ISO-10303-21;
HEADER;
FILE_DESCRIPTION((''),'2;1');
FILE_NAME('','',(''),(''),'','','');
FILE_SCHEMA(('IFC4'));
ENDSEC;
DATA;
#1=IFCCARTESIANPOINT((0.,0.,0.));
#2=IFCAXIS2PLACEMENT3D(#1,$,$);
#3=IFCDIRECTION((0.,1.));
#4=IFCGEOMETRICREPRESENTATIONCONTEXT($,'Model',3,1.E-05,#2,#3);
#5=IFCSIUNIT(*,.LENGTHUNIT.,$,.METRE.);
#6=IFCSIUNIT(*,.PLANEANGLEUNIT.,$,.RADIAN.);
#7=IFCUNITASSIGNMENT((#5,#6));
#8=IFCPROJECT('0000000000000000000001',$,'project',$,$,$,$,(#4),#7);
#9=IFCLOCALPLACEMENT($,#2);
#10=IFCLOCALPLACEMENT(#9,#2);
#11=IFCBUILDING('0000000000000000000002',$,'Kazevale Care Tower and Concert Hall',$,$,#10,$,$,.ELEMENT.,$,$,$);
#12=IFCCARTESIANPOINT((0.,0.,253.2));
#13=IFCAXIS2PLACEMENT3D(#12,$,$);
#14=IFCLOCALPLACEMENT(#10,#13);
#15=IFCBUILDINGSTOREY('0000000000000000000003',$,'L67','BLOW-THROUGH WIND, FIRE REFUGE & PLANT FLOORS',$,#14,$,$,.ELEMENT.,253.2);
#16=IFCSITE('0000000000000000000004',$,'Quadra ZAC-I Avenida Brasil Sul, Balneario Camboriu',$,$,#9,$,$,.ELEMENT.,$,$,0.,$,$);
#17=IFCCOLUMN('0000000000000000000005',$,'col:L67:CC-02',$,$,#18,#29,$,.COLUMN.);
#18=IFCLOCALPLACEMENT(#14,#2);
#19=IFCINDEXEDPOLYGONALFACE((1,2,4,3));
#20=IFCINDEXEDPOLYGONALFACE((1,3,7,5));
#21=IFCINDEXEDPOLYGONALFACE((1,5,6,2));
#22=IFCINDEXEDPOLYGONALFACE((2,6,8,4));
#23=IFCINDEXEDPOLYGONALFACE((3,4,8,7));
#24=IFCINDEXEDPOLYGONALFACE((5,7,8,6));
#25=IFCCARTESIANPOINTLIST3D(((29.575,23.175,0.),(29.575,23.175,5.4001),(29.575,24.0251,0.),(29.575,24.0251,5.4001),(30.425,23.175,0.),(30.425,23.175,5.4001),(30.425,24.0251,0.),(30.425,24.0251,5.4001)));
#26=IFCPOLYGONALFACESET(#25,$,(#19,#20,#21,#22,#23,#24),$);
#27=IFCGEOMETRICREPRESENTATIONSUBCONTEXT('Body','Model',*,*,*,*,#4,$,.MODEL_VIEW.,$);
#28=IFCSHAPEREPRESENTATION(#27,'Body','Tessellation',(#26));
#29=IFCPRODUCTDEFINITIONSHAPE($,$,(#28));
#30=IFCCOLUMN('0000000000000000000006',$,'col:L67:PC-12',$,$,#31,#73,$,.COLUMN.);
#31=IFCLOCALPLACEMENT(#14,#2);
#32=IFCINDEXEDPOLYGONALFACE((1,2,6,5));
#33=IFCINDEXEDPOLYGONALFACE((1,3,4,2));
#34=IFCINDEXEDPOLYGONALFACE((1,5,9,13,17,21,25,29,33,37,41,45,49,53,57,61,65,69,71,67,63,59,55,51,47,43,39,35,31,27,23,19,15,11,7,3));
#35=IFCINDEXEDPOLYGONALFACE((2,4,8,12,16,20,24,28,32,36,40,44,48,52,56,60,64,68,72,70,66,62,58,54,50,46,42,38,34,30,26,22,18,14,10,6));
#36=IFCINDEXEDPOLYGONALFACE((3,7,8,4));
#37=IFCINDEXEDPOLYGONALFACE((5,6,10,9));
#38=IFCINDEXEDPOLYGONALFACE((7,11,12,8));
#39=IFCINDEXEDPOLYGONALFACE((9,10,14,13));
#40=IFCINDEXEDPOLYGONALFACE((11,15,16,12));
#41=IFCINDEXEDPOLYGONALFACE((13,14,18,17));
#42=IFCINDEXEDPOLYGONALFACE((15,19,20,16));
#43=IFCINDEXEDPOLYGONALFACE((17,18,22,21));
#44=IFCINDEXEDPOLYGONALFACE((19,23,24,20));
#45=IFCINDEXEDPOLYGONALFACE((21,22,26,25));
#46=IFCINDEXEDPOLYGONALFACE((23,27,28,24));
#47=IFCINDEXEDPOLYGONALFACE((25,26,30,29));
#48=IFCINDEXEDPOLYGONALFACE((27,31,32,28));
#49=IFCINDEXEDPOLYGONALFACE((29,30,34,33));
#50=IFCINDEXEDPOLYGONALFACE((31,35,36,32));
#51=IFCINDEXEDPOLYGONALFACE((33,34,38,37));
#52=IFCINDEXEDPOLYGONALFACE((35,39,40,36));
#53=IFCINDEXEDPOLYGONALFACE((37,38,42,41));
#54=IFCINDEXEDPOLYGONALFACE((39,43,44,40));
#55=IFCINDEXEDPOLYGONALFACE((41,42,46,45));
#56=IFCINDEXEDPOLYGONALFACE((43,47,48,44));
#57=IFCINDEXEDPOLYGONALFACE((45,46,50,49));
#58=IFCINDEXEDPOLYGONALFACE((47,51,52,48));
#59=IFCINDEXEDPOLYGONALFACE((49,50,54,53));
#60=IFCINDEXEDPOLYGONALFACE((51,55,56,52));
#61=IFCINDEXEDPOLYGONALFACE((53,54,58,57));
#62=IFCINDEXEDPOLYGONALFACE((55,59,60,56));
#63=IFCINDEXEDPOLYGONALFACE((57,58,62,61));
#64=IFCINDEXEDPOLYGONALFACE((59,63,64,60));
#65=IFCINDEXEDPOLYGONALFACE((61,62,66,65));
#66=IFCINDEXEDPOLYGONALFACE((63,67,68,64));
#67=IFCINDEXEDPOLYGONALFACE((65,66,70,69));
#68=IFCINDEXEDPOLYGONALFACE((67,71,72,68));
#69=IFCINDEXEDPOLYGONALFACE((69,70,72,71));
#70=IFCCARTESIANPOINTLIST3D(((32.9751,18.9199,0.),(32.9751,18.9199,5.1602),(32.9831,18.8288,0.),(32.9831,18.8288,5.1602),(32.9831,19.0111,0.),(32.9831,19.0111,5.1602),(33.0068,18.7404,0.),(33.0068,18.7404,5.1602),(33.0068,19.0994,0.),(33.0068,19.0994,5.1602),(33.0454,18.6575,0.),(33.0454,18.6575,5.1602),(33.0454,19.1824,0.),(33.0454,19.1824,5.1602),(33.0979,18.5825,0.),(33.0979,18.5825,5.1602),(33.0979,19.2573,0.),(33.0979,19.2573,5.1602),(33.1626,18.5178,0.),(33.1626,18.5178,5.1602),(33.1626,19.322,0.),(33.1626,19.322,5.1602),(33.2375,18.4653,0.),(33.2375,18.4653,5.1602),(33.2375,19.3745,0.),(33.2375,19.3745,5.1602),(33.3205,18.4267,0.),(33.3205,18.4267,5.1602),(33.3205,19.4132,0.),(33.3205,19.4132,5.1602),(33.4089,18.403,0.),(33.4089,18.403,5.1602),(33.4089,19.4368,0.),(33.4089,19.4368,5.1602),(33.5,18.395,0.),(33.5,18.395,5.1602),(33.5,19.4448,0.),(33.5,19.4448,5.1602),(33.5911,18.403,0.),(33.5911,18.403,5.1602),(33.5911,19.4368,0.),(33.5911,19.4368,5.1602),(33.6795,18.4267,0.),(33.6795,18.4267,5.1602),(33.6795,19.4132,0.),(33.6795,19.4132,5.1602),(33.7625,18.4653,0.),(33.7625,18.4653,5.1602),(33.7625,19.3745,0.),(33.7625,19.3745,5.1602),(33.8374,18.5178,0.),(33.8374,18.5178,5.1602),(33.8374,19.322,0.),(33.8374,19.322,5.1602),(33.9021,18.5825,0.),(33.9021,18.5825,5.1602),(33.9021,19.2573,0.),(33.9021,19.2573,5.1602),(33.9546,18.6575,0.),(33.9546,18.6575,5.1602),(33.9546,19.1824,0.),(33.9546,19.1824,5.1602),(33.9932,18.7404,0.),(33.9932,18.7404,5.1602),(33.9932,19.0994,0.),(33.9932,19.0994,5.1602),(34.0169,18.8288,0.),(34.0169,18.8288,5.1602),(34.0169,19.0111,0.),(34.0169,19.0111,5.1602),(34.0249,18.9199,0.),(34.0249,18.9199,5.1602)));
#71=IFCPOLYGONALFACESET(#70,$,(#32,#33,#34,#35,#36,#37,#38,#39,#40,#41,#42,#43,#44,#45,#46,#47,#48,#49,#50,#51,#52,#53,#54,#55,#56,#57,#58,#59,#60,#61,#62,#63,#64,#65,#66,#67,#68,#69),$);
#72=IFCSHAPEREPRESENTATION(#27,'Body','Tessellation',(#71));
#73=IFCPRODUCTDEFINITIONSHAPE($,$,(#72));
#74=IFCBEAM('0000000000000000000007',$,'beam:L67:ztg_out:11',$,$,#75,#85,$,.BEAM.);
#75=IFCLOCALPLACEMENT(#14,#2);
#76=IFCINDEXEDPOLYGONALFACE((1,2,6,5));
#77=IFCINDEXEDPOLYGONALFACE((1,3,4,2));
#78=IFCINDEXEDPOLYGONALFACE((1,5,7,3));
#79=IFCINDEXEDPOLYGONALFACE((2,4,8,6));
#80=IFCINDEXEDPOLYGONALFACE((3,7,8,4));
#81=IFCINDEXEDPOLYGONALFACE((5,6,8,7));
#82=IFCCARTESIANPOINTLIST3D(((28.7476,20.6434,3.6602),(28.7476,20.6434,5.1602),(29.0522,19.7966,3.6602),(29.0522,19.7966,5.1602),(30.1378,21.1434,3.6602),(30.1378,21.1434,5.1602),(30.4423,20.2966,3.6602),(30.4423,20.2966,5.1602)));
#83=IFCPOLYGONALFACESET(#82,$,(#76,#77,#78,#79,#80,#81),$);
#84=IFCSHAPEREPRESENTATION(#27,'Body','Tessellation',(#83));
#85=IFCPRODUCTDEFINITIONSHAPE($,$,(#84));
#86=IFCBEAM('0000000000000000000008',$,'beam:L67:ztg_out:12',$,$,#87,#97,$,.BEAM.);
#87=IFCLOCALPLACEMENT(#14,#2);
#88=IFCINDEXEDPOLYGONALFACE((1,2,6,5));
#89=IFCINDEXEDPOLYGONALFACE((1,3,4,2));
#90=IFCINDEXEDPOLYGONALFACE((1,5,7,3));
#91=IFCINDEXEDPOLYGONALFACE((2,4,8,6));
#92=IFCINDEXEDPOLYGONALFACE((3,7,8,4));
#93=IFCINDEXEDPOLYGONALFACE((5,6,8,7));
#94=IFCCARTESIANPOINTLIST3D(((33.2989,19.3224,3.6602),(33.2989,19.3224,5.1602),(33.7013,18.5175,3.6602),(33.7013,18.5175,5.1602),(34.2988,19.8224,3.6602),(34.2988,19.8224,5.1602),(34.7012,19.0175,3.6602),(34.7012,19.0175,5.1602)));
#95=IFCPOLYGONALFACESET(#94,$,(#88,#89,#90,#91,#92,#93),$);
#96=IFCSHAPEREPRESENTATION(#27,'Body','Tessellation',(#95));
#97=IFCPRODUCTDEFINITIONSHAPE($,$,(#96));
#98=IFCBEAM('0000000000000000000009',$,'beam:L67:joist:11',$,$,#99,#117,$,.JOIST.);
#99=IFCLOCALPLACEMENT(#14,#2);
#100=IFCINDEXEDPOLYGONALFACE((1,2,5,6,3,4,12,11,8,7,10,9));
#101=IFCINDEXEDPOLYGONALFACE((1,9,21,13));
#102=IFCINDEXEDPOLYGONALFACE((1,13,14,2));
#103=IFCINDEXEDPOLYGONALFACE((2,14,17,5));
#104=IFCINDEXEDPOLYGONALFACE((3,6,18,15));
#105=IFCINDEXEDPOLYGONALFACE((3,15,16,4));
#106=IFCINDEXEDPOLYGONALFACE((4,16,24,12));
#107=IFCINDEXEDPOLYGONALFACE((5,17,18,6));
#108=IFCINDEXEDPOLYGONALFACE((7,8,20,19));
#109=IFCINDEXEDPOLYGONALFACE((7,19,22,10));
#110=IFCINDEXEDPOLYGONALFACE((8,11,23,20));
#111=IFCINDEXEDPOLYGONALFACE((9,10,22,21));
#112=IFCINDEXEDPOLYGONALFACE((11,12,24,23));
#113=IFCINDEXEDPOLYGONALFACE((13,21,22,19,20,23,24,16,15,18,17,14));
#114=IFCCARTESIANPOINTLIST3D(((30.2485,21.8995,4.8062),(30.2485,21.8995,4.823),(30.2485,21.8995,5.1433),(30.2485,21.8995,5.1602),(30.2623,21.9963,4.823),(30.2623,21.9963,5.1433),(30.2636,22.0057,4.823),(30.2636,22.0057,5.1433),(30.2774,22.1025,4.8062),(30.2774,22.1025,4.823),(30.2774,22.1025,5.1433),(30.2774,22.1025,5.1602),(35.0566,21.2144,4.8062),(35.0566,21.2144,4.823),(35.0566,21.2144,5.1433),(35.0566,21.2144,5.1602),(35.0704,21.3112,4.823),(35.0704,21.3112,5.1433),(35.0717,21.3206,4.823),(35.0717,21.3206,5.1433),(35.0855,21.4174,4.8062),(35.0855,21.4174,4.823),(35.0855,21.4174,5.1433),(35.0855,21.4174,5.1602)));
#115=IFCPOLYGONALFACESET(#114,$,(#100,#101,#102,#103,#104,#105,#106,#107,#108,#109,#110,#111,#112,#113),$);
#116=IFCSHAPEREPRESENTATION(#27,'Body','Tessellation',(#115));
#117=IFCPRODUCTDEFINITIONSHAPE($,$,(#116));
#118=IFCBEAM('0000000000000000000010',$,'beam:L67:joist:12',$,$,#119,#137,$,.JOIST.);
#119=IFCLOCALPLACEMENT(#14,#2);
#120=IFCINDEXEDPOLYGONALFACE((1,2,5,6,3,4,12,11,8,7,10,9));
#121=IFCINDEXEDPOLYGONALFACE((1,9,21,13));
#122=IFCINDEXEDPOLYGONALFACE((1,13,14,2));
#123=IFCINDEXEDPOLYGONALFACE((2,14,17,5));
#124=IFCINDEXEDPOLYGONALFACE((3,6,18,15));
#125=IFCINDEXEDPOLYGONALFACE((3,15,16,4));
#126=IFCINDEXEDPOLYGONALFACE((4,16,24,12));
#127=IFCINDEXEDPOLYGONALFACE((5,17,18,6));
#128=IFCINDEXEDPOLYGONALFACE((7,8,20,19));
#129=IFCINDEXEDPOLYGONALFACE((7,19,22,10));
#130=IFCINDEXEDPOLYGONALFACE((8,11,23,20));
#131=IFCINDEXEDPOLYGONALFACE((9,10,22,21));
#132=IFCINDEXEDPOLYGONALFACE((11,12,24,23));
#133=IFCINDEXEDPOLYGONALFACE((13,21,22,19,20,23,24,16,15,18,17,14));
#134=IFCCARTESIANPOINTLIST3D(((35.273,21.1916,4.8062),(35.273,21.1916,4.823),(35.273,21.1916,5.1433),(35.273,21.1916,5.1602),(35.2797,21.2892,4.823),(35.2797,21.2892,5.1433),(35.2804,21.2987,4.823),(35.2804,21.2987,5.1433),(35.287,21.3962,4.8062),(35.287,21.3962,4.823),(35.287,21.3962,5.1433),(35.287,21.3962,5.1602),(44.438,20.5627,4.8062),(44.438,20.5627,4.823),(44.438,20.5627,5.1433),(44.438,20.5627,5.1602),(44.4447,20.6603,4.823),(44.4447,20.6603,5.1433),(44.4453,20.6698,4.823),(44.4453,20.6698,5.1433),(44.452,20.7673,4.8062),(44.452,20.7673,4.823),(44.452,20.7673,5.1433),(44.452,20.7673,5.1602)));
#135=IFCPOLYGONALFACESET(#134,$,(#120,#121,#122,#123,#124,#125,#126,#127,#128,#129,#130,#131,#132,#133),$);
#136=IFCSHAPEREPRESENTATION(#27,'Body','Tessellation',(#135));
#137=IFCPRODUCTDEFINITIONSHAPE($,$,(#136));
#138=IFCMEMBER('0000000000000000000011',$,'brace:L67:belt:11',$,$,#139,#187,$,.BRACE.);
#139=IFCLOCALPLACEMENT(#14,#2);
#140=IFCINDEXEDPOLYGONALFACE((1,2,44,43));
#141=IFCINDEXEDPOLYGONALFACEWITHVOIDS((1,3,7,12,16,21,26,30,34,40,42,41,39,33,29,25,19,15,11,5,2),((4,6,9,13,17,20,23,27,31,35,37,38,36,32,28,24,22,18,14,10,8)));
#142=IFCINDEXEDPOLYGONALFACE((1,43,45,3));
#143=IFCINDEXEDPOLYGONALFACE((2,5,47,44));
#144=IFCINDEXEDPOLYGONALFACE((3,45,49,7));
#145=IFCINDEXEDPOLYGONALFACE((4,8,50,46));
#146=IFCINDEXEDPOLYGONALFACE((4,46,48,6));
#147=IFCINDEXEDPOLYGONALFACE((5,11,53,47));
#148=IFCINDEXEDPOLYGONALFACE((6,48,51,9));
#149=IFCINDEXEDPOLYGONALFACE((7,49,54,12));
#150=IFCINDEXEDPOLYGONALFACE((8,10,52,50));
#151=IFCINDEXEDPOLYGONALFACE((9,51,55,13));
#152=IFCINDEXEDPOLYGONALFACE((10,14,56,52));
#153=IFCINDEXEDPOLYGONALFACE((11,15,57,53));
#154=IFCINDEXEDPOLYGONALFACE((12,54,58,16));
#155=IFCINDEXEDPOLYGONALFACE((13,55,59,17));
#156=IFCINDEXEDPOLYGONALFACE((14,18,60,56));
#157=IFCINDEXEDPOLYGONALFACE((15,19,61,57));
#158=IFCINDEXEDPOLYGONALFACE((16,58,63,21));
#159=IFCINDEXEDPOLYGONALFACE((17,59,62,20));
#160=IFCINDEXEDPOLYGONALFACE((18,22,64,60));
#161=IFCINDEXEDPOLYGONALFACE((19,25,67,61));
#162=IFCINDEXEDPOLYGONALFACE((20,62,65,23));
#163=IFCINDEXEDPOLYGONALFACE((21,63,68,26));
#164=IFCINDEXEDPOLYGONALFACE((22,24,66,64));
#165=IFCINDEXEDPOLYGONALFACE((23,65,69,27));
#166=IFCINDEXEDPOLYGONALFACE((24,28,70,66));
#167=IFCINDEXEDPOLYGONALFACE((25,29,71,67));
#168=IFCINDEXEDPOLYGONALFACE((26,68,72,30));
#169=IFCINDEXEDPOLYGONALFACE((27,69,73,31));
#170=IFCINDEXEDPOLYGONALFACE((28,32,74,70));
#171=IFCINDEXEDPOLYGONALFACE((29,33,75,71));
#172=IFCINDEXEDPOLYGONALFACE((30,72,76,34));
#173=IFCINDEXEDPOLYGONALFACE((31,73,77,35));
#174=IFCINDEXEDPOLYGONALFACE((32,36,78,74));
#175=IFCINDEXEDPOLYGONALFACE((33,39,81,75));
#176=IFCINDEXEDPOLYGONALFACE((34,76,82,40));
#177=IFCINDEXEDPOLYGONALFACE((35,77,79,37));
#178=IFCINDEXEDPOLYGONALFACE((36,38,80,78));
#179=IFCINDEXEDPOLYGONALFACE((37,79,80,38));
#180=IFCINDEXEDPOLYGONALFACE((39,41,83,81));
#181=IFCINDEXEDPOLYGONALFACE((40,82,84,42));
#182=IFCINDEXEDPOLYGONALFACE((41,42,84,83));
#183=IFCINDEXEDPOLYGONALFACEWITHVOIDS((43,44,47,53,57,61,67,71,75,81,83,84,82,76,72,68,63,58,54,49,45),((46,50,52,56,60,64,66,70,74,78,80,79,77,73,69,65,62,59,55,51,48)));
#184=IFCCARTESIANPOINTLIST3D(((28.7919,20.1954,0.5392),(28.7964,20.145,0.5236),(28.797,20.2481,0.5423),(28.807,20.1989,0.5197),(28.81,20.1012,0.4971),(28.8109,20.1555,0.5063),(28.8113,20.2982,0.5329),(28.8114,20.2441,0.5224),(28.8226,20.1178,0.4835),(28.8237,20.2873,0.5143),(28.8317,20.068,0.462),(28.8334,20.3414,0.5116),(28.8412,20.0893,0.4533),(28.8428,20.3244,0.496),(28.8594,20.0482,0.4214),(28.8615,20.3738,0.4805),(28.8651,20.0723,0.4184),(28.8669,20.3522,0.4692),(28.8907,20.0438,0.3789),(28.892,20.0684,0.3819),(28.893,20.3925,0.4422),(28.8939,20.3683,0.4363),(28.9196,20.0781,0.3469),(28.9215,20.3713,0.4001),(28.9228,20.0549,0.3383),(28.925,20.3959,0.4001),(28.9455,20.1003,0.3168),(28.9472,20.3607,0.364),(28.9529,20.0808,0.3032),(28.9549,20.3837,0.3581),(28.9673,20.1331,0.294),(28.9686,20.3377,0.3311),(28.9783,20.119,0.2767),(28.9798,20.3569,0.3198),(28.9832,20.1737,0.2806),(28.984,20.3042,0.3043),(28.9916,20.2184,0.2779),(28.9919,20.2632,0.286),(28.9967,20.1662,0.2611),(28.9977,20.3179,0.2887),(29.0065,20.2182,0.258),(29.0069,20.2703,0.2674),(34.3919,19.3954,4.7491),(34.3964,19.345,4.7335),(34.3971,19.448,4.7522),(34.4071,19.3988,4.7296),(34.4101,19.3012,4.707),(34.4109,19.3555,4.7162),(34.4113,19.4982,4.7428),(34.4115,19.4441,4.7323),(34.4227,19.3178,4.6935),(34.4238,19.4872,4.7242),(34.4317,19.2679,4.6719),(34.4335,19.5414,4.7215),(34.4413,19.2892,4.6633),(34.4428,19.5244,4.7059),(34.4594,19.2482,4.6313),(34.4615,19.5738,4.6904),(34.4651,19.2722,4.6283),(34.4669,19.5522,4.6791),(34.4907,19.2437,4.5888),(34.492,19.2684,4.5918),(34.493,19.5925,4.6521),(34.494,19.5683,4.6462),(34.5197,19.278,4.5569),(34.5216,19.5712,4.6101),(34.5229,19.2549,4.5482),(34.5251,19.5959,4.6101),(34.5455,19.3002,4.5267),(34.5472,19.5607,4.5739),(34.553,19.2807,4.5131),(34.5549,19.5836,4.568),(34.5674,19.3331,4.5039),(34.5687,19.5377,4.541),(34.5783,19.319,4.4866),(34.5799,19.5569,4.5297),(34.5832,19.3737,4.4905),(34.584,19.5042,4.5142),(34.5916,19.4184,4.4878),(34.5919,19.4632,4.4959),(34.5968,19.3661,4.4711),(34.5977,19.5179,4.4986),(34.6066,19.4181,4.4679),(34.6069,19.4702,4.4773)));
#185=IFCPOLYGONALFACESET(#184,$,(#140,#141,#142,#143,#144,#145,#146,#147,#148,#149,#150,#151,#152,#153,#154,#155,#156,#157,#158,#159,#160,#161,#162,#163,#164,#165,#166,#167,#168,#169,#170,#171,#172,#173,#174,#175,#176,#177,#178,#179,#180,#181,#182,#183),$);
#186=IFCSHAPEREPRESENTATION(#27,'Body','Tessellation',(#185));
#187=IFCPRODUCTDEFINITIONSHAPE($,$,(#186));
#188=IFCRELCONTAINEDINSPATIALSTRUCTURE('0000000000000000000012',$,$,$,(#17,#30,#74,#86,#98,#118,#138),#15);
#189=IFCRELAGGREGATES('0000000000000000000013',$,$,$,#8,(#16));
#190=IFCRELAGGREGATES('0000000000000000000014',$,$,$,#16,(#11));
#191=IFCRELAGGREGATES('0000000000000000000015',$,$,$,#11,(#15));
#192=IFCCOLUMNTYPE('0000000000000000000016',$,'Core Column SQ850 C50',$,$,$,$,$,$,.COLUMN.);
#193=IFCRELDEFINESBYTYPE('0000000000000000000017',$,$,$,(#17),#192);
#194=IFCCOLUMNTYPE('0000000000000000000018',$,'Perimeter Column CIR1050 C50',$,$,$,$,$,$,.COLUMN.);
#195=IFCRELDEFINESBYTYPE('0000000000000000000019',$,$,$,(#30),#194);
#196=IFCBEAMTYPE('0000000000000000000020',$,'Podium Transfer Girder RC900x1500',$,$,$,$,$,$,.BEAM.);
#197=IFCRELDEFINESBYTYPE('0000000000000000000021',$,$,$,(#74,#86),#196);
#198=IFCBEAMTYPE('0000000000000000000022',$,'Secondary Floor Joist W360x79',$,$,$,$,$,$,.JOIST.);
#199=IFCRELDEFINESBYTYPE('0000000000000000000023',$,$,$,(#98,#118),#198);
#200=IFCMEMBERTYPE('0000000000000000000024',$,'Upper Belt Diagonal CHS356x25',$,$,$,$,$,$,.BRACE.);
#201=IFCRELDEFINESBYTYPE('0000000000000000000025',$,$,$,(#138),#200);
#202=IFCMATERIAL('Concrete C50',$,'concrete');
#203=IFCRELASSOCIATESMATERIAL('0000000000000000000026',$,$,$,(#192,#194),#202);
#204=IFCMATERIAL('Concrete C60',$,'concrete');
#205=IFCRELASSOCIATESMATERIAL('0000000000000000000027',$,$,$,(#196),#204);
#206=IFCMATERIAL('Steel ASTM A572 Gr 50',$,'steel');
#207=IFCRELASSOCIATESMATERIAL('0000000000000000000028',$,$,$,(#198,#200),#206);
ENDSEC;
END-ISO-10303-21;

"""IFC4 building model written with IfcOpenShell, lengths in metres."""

from ifc_helpers import new_model, si_unit, direction, frame, origin, origin_2d, place, context, subcontext, project, spatial, rectangle, circle, hollow_circle, i_section, extrude, material, material_profile, profile_set, type_object, element, save


model = new_model("IFC4")

# Units and contexts
model_context = context("Model", 3, precision=1e-05, world=origin(), true_north=direction((0.0, 1.0)))
body_context = subcontext(model_context, "Body", "Model", "MODEL_VIEW")
ifc_project = project(units=[si_unit("LENGTHUNIT", "METRE"), si_unit("PLANEANGLEUNIT", "RADIAN")], contexts=[model_context])

# Site, building, storey
site_placement = place(None, origin())
site = spatial("IfcSite", under=ifc_project, at=site_placement, Name="Quadra ZAC-I Avenida Brasil Sul, Balneario Camboriu", CompositionType="ELEMENT", RefElevation=0.0)
building_placement = place(site_placement, origin())
building = spatial("IfcBuilding", under=site, at=building_placement, Name="Kazevale Care Tower and Concert Hall", CompositionType="ELEMENT")
storey_placement = place(building_placement, frame((0.0, 0.0, 253.2)))
storey = spatial("IfcBuildingStorey", under=building, at=storey_placement, Name="L67", Description="BLOW-THROUGH WIND, FIRE REFUGE & PLANT FLOORS", CompositionType="ELEMENT", Elevation=253.2)

# Columns
ifc_material_1 = material(Name="Concrete C50", Category="concrete")
ifc_material_profile_1 = material_profile(ifc_material_1, rectangle(XDim=0.8501, YDim=0.8501, at=origin_2d()), Name="RC-SQ850")
ifc_profile_set_1 = profile_set([ifc_material_profile_1], Name="Concrete C50")
column_type_1 = type_object("IfcColumnType", Name="Core Column SQ850 C50", PredefinedType="COLUMN", material=ifc_profile_set_1)
column_1_placement = place(storey_placement, frame((30.0, 23.6001, 0.0), z_axis=(0.0, 0.0, 1.0), x_axis=(1.0, 0.0, 0.0)))
element("IfcColumn", 1, at=column_1_placement, inside=storey, type_object=column_type_1, Name="col:L67:CC-02", PredefinedType="COLUMN", context=body_context, shape_type="SweptSolid", body=[
    extrude(rectangle(XDim=0.8501, YDim=0.8501, at=origin_2d()), origin(), (0.0, 0.0, 1.0), 5.4001),
])
ifc_material_profile_2 = material_profile(ifc_material_1, circle(Radius=0.5249, at=origin_2d()), Name="RC-CIR1050")
ifc_profile_set_2 = profile_set([ifc_material_profile_2], Name="Concrete C50")
column_type_2 = type_object("IfcColumnType", Name="Perimeter Column CIR1050 C50", PredefinedType="COLUMN", material=ifc_profile_set_2)
column_2_placement = place(storey_placement, frame((33.5, 18.9199, 0.0), z_axis=(0.0, 0.0, 1.0), x_axis=(1.0, 0.0, 0.0)))
element("IfcColumn", 2, at=column_2_placement, inside=storey, type_object=column_type_2, Name="col:L67:PC-12", PredefinedType="COLUMN", context=body_context, shape_type="SweptSolid", body=[
    extrude(circle(Radius=0.5249, at=origin_2d()), origin(), (0.0, 0.0, 1.0), 5.1602),
])

# Beams
ifc_material_2 = material(Name="Concrete C60", Category="concrete")
ifc_material_profile_3 = material_profile(ifc_material_2, rectangle(XDim=0.8999, YDim=1.5, at=origin_2d()), Name="RC-TG900x1500")
ifc_profile_set_3 = profile_set([ifc_material_profile_3], Name="Concrete C60")
beam_type_1 = type_object("IfcBeamType", Name="Podium Transfer Girder RC900x1500", PredefinedType="BEAM", material=ifc_profile_set_3)
beam_1_placement = place(storey_placement, frame((30.29, 20.72, 4.4102), z_axis=(-0.940984, -0.33845, 0.0), x_axis=(0.33845, -0.940984, 0.0)))
element("IfcBeam", 3, at=beam_1_placement, inside=storey, type_object=beam_type_1, Name="beam:L67:ztg_out:11", PredefinedType="BEAM", context=body_context, shape_type="SweptSolid", body=[
    extrude(rectangle(XDim=0.8999, YDim=1.5, at=origin_2d()), origin(), (0.0, 0.0, 1.0), 1.4773),
])
beam_2_placement = place(storey_placement, frame((34.5, 19.4199, 4.4102), z_axis=(-0.894427, -0.447214, 0.0), x_axis=(0.447214, -0.894427, 0.0)))
element("IfcBeam", 4, at=beam_2_placement, inside=storey, type_object=beam_type_1, Name="beam:L67:ztg_out:12", PredefinedType="BEAM", context=body_context, shape_type="SweptSolid", body=[
    extrude(rectangle(XDim=0.8999, YDim=1.5, at=origin_2d()), origin(), (0.0, 0.0, 1.0), 1.1179),
])
ifc_material_3 = material(Name="Steel ASTM A572 Gr 50", Category="steel")
ifc_material_profile_4 = material_profile(ifc_material_3, i_section(OverallWidth=0.2051, OverallDepth=0.354, WebThickness=0.0095, FlangeThickness=0.0168, at=origin_2d()), Name="W360x79")
ifc_profile_set_4 = profile_set([ifc_material_profile_4], Name="Steel ASTM A572 Gr 50")
beam_type_2 = type_object("IfcBeamType", Name="Secondary Floor Joist W360x79", PredefinedType="JOIST", material=ifc_profile_set_4)
beam_3_placement = place(storey_placement, frame((30.2629, 22.001, 4.9832), z_axis=(0.990002, -0.141055, 0.0), x_axis=(0.141055, 0.990002, 0.0)))
element("IfcBeam", 5, at=beam_3_placement, inside=storey, type_object=beam_type_2, Name="beam:L67:joist:11", PredefinedType="JOIST", context=body_context, shape_type="SweptSolid", body=[
    extrude(i_section(OverallWidth=0.2051, OverallDepth=0.354, WebThickness=0.0095, FlangeThickness=0.0168, at=origin_2d()), origin(), (0.0, 0.0, 1.0), 4.8567),
])
beam_4_placement = place(storey_placement, frame((35.28, 21.2939, 4.9832), z_axis=(0.997654, -0.068459, 0.0), x_axis=(0.068459, 0.997654, 0.0)))
element("IfcBeam", 6, at=beam_4_placement, inside=storey, type_object=beam_type_2, Name="beam:L67:joist:12", PredefinedType="JOIST", context=body_context, shape_type="SweptSolid", body=[
    extrude(i_section(OverallWidth=0.2051, OverallDepth=0.354, WebThickness=0.0095, FlangeThickness=0.0168, at=origin_2d()), origin(), (0.0, 0.0, 1.0), 9.1865),
])

# Member
ifc_material_profile_5 = material_profile(ifc_material_3, hollow_circle(Radius=0.1777, WallThickness=0.0249, at=origin_2d()), Name="CHS356x25")
ifc_profile_set_5 = profile_set([ifc_material_profile_5], Name="Steel ASTM A572 Gr 50")
member_type = type_object("IfcMemberType", Name="Upper Belt Diagonal CHS356x25", PredefinedType="BRACE", material=ifc_profile_set_5)
member_1_placement = place(storey_placement, frame((28.8999, 20.22, 0.4001), z_axis=(0.794161, -0.113456, 0.597023), x_axis=(0.141427, 0.989949, 0.0)))
element("IfcMember", 7, at=member_1_placement, inside=storey, type_object=member_type, Name="brace:L67:belt:11", PredefinedType="BRACE", context=body_context, shape_type="SweptSolid", body=[
    extrude(hollow_circle(Radius=0.1777, WallThickness=0.0249, at=origin_2d()), origin(), (0.0, 0.0, 1.0), 7.0515),
])

save(model, "model.ifc")
